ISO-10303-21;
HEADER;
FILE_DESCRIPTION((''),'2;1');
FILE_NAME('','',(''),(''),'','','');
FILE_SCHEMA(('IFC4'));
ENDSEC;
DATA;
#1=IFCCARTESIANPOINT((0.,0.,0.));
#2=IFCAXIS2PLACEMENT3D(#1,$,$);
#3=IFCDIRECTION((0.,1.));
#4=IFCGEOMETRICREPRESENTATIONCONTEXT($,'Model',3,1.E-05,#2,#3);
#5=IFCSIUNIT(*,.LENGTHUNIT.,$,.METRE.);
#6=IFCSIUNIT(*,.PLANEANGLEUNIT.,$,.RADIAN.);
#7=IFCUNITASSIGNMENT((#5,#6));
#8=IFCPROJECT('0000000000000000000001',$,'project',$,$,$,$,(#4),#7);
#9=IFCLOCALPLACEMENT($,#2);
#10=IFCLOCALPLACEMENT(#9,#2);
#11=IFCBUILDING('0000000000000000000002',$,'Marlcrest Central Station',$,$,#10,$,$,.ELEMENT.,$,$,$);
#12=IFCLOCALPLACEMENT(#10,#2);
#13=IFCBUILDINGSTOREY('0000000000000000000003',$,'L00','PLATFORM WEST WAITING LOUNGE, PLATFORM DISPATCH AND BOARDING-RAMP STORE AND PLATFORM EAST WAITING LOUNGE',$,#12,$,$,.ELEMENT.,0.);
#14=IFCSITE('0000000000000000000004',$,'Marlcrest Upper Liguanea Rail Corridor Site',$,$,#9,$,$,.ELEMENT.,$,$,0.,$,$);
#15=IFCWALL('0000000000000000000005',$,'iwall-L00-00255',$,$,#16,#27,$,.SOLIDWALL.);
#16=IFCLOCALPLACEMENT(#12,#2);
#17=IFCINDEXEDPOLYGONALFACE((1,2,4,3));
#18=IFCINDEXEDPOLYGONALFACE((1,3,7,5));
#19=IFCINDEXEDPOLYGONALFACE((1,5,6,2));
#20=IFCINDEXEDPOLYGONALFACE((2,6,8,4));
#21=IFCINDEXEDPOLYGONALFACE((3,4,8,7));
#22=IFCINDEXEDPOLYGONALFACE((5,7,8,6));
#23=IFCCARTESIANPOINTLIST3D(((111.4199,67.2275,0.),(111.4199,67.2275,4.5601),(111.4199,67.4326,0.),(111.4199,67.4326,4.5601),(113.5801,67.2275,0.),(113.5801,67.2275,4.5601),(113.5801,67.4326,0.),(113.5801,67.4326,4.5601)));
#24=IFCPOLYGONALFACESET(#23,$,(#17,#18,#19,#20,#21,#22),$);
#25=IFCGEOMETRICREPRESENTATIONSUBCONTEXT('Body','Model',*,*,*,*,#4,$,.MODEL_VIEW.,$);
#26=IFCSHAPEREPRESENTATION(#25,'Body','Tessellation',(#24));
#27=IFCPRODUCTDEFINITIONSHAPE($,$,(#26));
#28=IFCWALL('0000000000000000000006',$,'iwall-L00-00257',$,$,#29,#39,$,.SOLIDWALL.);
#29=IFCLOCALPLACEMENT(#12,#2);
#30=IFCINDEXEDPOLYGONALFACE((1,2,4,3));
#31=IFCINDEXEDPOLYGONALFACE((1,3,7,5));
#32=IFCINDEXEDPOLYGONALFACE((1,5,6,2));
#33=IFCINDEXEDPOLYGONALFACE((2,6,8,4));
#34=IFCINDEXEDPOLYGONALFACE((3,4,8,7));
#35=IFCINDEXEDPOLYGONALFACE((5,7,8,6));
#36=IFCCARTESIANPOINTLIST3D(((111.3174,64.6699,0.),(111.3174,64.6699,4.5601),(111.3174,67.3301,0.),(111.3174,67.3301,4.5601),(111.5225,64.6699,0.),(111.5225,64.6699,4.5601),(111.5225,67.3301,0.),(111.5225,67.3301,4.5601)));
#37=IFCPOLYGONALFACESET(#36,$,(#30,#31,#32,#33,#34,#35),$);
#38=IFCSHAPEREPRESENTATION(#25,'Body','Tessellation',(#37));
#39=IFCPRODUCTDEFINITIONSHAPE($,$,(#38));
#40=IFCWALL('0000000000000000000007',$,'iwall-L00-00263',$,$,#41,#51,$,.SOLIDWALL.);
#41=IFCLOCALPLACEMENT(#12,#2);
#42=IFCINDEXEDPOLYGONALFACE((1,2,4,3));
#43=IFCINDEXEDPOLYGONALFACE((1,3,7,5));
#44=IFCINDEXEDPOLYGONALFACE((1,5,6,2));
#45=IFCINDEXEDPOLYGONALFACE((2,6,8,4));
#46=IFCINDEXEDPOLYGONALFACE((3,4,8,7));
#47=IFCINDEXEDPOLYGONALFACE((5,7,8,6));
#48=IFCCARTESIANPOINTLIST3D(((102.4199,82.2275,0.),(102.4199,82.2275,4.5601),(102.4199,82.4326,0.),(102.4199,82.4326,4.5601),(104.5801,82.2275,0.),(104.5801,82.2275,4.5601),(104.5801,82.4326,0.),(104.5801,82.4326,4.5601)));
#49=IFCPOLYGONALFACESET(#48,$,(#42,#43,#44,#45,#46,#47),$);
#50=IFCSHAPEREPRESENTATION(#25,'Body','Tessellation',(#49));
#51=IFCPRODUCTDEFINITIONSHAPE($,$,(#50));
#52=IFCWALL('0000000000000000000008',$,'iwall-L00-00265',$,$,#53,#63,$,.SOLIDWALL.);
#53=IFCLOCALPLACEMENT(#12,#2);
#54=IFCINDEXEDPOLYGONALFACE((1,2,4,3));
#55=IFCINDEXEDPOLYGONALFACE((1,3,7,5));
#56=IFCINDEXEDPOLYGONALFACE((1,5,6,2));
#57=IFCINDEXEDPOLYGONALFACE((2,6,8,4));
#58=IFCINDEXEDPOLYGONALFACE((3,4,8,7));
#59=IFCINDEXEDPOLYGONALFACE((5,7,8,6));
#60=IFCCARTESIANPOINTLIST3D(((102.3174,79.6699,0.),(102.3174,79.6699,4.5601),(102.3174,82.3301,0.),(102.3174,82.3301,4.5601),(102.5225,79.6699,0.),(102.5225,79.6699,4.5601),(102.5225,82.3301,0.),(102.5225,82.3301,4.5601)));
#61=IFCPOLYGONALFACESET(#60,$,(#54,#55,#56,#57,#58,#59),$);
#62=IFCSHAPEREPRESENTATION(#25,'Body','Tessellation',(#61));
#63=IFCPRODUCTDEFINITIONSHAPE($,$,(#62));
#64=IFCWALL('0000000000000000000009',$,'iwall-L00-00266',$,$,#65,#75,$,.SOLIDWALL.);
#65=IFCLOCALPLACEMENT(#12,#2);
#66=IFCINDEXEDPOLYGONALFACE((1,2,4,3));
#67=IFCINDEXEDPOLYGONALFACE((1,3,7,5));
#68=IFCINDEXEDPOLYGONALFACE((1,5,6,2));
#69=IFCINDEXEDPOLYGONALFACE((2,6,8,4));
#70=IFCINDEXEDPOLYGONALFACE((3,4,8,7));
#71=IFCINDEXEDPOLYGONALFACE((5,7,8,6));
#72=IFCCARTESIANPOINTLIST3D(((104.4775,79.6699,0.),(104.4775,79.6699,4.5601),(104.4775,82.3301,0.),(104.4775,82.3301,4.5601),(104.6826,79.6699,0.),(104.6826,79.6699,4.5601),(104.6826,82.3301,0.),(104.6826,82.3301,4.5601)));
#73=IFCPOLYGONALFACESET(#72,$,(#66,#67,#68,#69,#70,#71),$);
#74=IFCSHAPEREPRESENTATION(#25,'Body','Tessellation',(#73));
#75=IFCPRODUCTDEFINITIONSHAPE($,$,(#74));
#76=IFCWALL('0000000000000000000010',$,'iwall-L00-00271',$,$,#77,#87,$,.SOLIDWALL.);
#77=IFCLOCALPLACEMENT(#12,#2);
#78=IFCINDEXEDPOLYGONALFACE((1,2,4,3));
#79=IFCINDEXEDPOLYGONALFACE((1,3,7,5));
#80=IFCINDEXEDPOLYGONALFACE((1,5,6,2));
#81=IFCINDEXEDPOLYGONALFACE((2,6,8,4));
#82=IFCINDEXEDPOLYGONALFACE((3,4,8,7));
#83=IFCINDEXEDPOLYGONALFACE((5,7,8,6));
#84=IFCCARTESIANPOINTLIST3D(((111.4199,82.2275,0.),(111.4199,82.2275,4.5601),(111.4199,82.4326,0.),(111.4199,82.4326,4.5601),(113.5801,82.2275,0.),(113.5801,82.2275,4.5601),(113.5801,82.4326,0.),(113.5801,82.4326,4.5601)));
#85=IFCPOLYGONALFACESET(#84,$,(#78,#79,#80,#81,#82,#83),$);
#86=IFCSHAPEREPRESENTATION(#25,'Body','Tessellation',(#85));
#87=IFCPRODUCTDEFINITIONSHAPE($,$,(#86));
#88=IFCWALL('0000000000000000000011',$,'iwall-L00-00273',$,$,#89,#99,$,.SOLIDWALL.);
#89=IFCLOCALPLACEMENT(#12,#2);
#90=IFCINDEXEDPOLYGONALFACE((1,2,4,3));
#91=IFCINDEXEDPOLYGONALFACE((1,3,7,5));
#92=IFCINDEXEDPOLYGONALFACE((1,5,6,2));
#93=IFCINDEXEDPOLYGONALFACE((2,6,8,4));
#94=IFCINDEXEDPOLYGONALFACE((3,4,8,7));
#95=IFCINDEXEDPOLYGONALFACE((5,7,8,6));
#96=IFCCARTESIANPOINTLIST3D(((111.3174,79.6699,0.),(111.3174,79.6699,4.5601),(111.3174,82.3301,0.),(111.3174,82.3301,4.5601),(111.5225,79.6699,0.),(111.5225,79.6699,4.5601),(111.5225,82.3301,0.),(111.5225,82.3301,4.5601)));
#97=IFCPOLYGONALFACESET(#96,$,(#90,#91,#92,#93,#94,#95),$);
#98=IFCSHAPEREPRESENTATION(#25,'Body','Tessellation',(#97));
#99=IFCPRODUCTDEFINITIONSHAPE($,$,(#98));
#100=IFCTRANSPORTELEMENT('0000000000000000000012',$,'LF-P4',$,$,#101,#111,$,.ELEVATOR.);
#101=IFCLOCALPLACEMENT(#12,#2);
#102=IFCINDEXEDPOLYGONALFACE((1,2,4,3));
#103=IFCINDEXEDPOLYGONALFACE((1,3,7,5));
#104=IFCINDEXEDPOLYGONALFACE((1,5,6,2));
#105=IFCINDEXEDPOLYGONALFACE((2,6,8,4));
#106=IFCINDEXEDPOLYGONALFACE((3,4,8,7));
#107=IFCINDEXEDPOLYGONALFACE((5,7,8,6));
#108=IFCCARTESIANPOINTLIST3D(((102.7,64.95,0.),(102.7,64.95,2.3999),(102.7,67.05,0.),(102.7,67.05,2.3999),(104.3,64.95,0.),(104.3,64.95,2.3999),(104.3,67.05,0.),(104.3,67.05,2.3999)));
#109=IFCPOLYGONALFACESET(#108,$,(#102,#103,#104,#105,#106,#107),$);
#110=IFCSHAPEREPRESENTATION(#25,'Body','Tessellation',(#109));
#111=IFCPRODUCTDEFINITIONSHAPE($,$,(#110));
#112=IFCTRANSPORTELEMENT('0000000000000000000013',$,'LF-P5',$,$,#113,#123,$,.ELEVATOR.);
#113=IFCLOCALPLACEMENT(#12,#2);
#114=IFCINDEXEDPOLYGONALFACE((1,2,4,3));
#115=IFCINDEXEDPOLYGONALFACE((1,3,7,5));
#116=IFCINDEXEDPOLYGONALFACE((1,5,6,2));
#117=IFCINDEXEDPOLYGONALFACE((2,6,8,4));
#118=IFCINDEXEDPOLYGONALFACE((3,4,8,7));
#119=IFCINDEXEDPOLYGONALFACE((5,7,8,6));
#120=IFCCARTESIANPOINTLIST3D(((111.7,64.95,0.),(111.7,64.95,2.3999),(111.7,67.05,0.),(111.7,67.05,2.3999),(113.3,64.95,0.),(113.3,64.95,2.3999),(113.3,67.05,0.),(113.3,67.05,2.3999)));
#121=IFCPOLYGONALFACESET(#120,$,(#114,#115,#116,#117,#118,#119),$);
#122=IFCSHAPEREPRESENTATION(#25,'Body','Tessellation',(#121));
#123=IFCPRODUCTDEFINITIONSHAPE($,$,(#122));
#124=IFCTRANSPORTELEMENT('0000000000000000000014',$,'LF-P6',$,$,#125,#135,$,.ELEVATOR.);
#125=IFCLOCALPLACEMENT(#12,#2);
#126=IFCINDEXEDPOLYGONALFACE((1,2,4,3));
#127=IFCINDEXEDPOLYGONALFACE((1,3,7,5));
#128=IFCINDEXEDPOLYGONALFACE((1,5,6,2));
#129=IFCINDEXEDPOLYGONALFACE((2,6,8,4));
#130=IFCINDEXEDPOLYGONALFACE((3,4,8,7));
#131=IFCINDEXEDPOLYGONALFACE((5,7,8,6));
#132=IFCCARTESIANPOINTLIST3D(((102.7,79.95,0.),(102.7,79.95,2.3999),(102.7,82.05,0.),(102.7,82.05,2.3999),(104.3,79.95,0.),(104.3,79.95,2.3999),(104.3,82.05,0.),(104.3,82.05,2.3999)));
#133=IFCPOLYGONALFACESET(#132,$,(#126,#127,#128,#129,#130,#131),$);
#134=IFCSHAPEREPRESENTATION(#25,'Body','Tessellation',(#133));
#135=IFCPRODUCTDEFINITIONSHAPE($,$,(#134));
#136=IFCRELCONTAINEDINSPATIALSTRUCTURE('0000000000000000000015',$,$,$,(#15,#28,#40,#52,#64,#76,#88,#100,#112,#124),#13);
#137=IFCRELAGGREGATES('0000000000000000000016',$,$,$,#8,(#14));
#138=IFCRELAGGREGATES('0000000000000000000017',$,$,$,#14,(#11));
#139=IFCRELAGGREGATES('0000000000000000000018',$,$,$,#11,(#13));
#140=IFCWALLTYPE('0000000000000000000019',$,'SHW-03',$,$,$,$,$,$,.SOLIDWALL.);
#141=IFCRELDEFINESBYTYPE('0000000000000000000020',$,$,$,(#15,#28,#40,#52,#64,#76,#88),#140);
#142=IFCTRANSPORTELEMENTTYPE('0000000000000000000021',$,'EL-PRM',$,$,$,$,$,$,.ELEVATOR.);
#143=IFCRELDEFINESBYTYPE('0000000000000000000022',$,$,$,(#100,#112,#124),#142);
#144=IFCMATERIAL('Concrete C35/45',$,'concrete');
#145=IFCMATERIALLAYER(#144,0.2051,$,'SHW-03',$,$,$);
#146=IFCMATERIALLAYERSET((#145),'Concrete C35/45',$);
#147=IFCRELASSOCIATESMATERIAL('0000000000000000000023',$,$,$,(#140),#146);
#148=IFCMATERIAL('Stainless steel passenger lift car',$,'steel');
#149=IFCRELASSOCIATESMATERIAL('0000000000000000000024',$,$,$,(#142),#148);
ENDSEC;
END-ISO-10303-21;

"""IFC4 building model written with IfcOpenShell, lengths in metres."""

from ifc_helpers import new_model, si_unit, direction, frame, frame_2d, origin, origin_2d, place, context, subcontext, project, spatial, rectangle, extrude, material, layer, layer_set, type_object, element, save


model = new_model("IFC4")

# Units and contexts
model_context = context("Model", 3, precision=1e-05, world=origin(), true_north=direction((0.0, 1.0)))
body_context = subcontext(model_context, "Body", "Model", "MODEL_VIEW")
ifc_project = project(units=[si_unit("LENGTHUNIT", "METRE"), si_unit("PLANEANGLEUNIT", "RADIAN")], contexts=[model_context])

# Site, building, storey
site_placement = place(None, origin())
site = spatial("IfcSite", under=ifc_project, at=site_placement, Name="Marlcrest Upper Liguanea Rail Corridor Site", CompositionType="ELEMENT", RefElevation=0.0)
building_placement = place(site_placement, origin())
building = spatial("IfcBuilding", under=site, at=building_placement, Name="Marlcrest Central Station", CompositionType="ELEMENT")
storey_placement = place(building_placement, origin())
storey = spatial("IfcBuildingStorey", under=building, at=storey_placement, Name="L00", Description="PLATFORM WEST WAITING LOUNGE, PLATFORM DISPATCH AND BOARDING-RAMP STORE AND PLATFORM EAST WAITING LOUNGE", CompositionType="ELEMENT", Elevation=0.0)

# Shared definitions
ifc_material_1 = material(Name="Concrete C35/45", Category="concrete")

# Shared definitions
ifc_layer = layer(ifc_material_1, 0.2051, Name="SHW-03")
ifc_layer_set = layer_set([ifc_layer], Name="Concrete C35/45")
wall_type = type_object("IfcWallType", Name="SHW-03", PredefinedType="SOLIDWALL", material=ifc_layer_set)

# Walls
wall_1_placement = place(storey_placement, frame((111.4199, 67.3301, 0.0), z_axis=(0.0, 0.0, 1.0), x_axis=(1.0, 0.0, 0.0)))
element("IfcWall", 1, at=wall_1_placement, inside=storey, type_object=wall_type, Name="iwall-L00-00255", PredefinedType="SOLIDWALL", context=body_context, shape_type="SweptSolid", body=[
    extrude(rectangle(XDim=2.1602, YDim=0.2051, at=frame_2d((1.0801, 0.0))), origin(), (0.0, 0.0, 1.0), 4.5601),
])
wall_2_placement = place(storey_placement, frame((111.4199, 64.6699, 0.0), z_axis=(0.0, 0.0, 1.0), x_axis=(0.0, 1.0, 0.0)))
element("IfcWall", 2, at=wall_2_placement, inside=storey, type_object=wall_type, Name="iwall-L00-00257", PredefinedType="SOLIDWALL", context=body_context, shape_type="SweptSolid", body=[
    extrude(rectangle(XDim=2.6602, YDim=0.2051, at=frame_2d((1.3301, 0.0))), origin(), (0.0, 0.0, 1.0), 4.5601),
])
wall_3_placement = place(storey_placement, frame((102.4199, 82.3301, 0.0), z_axis=(0.0, 0.0, 1.0), x_axis=(1.0, 0.0, 0.0)))
element("IfcWall", 3, at=wall_3_placement, inside=storey, type_object=wall_type, Name="iwall-L00-00263", PredefinedType="SOLIDWALL", context=body_context, shape_type="SweptSolid", body=[
    extrude(rectangle(XDim=2.1602, YDim=0.2051, at=frame_2d((1.0801, 0.0))), origin(), (0.0, 0.0, 1.0), 4.5601),
])

# Walls
for number, where, z_axis, x_axis, name in (
    (4, (102.4199, 79.6699, 0.0), (0.0, 0.0, 1.0), (0.0, 1.0, 0.0), "iwall-L00-00265"),
    (5, (104.5801, 82.3301, 0.0), (0.0, 0.0, 1.0), (0.0, -1.0, 0.0), "iwall-L00-00266"),
):
    element("IfcWall", number, at=place(storey_placement, frame(where, z_axis=z_axis, x_axis=x_axis)), inside=storey, type_object=wall_type, Name=name, PredefinedType="SOLIDWALL", context=body_context, shape_type="SweptSolid", body=[
        extrude(rectangle(XDim=2.6602, YDim=0.2051, at=frame_2d((1.3301, 0.0))), origin(), (0.0, 0.0, 1.0), 4.5601),
    ])
wall_4_placement = place(storey_placement, frame((111.4199, 82.3301, 0.0), z_axis=(0.0, 0.0, 1.0), x_axis=(1.0, 0.0, 0.0)))
element("IfcWall", 6, at=wall_4_placement, inside=storey, type_object=wall_type, Name="iwall-L00-00271", PredefinedType="SOLIDWALL", context=body_context, shape_type="SweptSolid", body=[
    extrude(rectangle(XDim=2.1602, YDim=0.2051, at=frame_2d((1.0801, 0.0))), origin(), (0.0, 0.0, 1.0), 4.5601),
])
wall_5_placement = place(storey_placement, frame((111.4199, 79.6699, 0.0), z_axis=(0.0, 0.0, 1.0), x_axis=(0.0, 1.0, 0.0)))
element("IfcWall", 7, at=wall_5_placement, inside=storey, type_object=wall_type, Name="iwall-L00-00273", PredefinedType="SOLIDWALL", context=body_context, shape_type="SweptSolid", body=[
    extrude(rectangle(XDim=2.6602, YDim=0.2051, at=frame_2d((1.3301, 0.0))), origin(), (0.0, 0.0, 1.0), 4.5601),
])

# Transport elements
ifc_material_2 = material(Name="Stainless steel passenger lift car", Category="steel")
transport_element_type = type_object("IfcTransportElementType", Name="EL-PRM", PredefinedType="ELEVATOR", material=ifc_material_2)
for number, where, z_axis, x_axis, name in (
    (8, (103.5, 66.0, 0.0), (0.0, 0.0, 1.0), (1.0, 0.0, 0.0), "LF-P4"),
    (9, (112.5, 66.0, 0.0), (0.0, 0.0, 1.0), (1.0, 0.0, 0.0), "LF-P5"),
    (10, (103.5, 81.0, 0.0), (0.0, 0.0, 1.0), (1.0, 0.0, 0.0), "LF-P6"),
):
    element("IfcTransportElement", number, at=place(storey_placement, frame(where, z_axis=z_axis, x_axis=x_axis)), inside=storey, type_object=transport_element_type, Name=name, PredefinedType="ELEVATOR", context=body_context, shape_type="SweptSolid", body=[
        extrude(rectangle(XDim=1.6001, YDim=2.1001, at=origin_2d()), origin(), (0.0, 0.0, 1.0), 2.3999),
    ])

save(model, "model.ifc")
